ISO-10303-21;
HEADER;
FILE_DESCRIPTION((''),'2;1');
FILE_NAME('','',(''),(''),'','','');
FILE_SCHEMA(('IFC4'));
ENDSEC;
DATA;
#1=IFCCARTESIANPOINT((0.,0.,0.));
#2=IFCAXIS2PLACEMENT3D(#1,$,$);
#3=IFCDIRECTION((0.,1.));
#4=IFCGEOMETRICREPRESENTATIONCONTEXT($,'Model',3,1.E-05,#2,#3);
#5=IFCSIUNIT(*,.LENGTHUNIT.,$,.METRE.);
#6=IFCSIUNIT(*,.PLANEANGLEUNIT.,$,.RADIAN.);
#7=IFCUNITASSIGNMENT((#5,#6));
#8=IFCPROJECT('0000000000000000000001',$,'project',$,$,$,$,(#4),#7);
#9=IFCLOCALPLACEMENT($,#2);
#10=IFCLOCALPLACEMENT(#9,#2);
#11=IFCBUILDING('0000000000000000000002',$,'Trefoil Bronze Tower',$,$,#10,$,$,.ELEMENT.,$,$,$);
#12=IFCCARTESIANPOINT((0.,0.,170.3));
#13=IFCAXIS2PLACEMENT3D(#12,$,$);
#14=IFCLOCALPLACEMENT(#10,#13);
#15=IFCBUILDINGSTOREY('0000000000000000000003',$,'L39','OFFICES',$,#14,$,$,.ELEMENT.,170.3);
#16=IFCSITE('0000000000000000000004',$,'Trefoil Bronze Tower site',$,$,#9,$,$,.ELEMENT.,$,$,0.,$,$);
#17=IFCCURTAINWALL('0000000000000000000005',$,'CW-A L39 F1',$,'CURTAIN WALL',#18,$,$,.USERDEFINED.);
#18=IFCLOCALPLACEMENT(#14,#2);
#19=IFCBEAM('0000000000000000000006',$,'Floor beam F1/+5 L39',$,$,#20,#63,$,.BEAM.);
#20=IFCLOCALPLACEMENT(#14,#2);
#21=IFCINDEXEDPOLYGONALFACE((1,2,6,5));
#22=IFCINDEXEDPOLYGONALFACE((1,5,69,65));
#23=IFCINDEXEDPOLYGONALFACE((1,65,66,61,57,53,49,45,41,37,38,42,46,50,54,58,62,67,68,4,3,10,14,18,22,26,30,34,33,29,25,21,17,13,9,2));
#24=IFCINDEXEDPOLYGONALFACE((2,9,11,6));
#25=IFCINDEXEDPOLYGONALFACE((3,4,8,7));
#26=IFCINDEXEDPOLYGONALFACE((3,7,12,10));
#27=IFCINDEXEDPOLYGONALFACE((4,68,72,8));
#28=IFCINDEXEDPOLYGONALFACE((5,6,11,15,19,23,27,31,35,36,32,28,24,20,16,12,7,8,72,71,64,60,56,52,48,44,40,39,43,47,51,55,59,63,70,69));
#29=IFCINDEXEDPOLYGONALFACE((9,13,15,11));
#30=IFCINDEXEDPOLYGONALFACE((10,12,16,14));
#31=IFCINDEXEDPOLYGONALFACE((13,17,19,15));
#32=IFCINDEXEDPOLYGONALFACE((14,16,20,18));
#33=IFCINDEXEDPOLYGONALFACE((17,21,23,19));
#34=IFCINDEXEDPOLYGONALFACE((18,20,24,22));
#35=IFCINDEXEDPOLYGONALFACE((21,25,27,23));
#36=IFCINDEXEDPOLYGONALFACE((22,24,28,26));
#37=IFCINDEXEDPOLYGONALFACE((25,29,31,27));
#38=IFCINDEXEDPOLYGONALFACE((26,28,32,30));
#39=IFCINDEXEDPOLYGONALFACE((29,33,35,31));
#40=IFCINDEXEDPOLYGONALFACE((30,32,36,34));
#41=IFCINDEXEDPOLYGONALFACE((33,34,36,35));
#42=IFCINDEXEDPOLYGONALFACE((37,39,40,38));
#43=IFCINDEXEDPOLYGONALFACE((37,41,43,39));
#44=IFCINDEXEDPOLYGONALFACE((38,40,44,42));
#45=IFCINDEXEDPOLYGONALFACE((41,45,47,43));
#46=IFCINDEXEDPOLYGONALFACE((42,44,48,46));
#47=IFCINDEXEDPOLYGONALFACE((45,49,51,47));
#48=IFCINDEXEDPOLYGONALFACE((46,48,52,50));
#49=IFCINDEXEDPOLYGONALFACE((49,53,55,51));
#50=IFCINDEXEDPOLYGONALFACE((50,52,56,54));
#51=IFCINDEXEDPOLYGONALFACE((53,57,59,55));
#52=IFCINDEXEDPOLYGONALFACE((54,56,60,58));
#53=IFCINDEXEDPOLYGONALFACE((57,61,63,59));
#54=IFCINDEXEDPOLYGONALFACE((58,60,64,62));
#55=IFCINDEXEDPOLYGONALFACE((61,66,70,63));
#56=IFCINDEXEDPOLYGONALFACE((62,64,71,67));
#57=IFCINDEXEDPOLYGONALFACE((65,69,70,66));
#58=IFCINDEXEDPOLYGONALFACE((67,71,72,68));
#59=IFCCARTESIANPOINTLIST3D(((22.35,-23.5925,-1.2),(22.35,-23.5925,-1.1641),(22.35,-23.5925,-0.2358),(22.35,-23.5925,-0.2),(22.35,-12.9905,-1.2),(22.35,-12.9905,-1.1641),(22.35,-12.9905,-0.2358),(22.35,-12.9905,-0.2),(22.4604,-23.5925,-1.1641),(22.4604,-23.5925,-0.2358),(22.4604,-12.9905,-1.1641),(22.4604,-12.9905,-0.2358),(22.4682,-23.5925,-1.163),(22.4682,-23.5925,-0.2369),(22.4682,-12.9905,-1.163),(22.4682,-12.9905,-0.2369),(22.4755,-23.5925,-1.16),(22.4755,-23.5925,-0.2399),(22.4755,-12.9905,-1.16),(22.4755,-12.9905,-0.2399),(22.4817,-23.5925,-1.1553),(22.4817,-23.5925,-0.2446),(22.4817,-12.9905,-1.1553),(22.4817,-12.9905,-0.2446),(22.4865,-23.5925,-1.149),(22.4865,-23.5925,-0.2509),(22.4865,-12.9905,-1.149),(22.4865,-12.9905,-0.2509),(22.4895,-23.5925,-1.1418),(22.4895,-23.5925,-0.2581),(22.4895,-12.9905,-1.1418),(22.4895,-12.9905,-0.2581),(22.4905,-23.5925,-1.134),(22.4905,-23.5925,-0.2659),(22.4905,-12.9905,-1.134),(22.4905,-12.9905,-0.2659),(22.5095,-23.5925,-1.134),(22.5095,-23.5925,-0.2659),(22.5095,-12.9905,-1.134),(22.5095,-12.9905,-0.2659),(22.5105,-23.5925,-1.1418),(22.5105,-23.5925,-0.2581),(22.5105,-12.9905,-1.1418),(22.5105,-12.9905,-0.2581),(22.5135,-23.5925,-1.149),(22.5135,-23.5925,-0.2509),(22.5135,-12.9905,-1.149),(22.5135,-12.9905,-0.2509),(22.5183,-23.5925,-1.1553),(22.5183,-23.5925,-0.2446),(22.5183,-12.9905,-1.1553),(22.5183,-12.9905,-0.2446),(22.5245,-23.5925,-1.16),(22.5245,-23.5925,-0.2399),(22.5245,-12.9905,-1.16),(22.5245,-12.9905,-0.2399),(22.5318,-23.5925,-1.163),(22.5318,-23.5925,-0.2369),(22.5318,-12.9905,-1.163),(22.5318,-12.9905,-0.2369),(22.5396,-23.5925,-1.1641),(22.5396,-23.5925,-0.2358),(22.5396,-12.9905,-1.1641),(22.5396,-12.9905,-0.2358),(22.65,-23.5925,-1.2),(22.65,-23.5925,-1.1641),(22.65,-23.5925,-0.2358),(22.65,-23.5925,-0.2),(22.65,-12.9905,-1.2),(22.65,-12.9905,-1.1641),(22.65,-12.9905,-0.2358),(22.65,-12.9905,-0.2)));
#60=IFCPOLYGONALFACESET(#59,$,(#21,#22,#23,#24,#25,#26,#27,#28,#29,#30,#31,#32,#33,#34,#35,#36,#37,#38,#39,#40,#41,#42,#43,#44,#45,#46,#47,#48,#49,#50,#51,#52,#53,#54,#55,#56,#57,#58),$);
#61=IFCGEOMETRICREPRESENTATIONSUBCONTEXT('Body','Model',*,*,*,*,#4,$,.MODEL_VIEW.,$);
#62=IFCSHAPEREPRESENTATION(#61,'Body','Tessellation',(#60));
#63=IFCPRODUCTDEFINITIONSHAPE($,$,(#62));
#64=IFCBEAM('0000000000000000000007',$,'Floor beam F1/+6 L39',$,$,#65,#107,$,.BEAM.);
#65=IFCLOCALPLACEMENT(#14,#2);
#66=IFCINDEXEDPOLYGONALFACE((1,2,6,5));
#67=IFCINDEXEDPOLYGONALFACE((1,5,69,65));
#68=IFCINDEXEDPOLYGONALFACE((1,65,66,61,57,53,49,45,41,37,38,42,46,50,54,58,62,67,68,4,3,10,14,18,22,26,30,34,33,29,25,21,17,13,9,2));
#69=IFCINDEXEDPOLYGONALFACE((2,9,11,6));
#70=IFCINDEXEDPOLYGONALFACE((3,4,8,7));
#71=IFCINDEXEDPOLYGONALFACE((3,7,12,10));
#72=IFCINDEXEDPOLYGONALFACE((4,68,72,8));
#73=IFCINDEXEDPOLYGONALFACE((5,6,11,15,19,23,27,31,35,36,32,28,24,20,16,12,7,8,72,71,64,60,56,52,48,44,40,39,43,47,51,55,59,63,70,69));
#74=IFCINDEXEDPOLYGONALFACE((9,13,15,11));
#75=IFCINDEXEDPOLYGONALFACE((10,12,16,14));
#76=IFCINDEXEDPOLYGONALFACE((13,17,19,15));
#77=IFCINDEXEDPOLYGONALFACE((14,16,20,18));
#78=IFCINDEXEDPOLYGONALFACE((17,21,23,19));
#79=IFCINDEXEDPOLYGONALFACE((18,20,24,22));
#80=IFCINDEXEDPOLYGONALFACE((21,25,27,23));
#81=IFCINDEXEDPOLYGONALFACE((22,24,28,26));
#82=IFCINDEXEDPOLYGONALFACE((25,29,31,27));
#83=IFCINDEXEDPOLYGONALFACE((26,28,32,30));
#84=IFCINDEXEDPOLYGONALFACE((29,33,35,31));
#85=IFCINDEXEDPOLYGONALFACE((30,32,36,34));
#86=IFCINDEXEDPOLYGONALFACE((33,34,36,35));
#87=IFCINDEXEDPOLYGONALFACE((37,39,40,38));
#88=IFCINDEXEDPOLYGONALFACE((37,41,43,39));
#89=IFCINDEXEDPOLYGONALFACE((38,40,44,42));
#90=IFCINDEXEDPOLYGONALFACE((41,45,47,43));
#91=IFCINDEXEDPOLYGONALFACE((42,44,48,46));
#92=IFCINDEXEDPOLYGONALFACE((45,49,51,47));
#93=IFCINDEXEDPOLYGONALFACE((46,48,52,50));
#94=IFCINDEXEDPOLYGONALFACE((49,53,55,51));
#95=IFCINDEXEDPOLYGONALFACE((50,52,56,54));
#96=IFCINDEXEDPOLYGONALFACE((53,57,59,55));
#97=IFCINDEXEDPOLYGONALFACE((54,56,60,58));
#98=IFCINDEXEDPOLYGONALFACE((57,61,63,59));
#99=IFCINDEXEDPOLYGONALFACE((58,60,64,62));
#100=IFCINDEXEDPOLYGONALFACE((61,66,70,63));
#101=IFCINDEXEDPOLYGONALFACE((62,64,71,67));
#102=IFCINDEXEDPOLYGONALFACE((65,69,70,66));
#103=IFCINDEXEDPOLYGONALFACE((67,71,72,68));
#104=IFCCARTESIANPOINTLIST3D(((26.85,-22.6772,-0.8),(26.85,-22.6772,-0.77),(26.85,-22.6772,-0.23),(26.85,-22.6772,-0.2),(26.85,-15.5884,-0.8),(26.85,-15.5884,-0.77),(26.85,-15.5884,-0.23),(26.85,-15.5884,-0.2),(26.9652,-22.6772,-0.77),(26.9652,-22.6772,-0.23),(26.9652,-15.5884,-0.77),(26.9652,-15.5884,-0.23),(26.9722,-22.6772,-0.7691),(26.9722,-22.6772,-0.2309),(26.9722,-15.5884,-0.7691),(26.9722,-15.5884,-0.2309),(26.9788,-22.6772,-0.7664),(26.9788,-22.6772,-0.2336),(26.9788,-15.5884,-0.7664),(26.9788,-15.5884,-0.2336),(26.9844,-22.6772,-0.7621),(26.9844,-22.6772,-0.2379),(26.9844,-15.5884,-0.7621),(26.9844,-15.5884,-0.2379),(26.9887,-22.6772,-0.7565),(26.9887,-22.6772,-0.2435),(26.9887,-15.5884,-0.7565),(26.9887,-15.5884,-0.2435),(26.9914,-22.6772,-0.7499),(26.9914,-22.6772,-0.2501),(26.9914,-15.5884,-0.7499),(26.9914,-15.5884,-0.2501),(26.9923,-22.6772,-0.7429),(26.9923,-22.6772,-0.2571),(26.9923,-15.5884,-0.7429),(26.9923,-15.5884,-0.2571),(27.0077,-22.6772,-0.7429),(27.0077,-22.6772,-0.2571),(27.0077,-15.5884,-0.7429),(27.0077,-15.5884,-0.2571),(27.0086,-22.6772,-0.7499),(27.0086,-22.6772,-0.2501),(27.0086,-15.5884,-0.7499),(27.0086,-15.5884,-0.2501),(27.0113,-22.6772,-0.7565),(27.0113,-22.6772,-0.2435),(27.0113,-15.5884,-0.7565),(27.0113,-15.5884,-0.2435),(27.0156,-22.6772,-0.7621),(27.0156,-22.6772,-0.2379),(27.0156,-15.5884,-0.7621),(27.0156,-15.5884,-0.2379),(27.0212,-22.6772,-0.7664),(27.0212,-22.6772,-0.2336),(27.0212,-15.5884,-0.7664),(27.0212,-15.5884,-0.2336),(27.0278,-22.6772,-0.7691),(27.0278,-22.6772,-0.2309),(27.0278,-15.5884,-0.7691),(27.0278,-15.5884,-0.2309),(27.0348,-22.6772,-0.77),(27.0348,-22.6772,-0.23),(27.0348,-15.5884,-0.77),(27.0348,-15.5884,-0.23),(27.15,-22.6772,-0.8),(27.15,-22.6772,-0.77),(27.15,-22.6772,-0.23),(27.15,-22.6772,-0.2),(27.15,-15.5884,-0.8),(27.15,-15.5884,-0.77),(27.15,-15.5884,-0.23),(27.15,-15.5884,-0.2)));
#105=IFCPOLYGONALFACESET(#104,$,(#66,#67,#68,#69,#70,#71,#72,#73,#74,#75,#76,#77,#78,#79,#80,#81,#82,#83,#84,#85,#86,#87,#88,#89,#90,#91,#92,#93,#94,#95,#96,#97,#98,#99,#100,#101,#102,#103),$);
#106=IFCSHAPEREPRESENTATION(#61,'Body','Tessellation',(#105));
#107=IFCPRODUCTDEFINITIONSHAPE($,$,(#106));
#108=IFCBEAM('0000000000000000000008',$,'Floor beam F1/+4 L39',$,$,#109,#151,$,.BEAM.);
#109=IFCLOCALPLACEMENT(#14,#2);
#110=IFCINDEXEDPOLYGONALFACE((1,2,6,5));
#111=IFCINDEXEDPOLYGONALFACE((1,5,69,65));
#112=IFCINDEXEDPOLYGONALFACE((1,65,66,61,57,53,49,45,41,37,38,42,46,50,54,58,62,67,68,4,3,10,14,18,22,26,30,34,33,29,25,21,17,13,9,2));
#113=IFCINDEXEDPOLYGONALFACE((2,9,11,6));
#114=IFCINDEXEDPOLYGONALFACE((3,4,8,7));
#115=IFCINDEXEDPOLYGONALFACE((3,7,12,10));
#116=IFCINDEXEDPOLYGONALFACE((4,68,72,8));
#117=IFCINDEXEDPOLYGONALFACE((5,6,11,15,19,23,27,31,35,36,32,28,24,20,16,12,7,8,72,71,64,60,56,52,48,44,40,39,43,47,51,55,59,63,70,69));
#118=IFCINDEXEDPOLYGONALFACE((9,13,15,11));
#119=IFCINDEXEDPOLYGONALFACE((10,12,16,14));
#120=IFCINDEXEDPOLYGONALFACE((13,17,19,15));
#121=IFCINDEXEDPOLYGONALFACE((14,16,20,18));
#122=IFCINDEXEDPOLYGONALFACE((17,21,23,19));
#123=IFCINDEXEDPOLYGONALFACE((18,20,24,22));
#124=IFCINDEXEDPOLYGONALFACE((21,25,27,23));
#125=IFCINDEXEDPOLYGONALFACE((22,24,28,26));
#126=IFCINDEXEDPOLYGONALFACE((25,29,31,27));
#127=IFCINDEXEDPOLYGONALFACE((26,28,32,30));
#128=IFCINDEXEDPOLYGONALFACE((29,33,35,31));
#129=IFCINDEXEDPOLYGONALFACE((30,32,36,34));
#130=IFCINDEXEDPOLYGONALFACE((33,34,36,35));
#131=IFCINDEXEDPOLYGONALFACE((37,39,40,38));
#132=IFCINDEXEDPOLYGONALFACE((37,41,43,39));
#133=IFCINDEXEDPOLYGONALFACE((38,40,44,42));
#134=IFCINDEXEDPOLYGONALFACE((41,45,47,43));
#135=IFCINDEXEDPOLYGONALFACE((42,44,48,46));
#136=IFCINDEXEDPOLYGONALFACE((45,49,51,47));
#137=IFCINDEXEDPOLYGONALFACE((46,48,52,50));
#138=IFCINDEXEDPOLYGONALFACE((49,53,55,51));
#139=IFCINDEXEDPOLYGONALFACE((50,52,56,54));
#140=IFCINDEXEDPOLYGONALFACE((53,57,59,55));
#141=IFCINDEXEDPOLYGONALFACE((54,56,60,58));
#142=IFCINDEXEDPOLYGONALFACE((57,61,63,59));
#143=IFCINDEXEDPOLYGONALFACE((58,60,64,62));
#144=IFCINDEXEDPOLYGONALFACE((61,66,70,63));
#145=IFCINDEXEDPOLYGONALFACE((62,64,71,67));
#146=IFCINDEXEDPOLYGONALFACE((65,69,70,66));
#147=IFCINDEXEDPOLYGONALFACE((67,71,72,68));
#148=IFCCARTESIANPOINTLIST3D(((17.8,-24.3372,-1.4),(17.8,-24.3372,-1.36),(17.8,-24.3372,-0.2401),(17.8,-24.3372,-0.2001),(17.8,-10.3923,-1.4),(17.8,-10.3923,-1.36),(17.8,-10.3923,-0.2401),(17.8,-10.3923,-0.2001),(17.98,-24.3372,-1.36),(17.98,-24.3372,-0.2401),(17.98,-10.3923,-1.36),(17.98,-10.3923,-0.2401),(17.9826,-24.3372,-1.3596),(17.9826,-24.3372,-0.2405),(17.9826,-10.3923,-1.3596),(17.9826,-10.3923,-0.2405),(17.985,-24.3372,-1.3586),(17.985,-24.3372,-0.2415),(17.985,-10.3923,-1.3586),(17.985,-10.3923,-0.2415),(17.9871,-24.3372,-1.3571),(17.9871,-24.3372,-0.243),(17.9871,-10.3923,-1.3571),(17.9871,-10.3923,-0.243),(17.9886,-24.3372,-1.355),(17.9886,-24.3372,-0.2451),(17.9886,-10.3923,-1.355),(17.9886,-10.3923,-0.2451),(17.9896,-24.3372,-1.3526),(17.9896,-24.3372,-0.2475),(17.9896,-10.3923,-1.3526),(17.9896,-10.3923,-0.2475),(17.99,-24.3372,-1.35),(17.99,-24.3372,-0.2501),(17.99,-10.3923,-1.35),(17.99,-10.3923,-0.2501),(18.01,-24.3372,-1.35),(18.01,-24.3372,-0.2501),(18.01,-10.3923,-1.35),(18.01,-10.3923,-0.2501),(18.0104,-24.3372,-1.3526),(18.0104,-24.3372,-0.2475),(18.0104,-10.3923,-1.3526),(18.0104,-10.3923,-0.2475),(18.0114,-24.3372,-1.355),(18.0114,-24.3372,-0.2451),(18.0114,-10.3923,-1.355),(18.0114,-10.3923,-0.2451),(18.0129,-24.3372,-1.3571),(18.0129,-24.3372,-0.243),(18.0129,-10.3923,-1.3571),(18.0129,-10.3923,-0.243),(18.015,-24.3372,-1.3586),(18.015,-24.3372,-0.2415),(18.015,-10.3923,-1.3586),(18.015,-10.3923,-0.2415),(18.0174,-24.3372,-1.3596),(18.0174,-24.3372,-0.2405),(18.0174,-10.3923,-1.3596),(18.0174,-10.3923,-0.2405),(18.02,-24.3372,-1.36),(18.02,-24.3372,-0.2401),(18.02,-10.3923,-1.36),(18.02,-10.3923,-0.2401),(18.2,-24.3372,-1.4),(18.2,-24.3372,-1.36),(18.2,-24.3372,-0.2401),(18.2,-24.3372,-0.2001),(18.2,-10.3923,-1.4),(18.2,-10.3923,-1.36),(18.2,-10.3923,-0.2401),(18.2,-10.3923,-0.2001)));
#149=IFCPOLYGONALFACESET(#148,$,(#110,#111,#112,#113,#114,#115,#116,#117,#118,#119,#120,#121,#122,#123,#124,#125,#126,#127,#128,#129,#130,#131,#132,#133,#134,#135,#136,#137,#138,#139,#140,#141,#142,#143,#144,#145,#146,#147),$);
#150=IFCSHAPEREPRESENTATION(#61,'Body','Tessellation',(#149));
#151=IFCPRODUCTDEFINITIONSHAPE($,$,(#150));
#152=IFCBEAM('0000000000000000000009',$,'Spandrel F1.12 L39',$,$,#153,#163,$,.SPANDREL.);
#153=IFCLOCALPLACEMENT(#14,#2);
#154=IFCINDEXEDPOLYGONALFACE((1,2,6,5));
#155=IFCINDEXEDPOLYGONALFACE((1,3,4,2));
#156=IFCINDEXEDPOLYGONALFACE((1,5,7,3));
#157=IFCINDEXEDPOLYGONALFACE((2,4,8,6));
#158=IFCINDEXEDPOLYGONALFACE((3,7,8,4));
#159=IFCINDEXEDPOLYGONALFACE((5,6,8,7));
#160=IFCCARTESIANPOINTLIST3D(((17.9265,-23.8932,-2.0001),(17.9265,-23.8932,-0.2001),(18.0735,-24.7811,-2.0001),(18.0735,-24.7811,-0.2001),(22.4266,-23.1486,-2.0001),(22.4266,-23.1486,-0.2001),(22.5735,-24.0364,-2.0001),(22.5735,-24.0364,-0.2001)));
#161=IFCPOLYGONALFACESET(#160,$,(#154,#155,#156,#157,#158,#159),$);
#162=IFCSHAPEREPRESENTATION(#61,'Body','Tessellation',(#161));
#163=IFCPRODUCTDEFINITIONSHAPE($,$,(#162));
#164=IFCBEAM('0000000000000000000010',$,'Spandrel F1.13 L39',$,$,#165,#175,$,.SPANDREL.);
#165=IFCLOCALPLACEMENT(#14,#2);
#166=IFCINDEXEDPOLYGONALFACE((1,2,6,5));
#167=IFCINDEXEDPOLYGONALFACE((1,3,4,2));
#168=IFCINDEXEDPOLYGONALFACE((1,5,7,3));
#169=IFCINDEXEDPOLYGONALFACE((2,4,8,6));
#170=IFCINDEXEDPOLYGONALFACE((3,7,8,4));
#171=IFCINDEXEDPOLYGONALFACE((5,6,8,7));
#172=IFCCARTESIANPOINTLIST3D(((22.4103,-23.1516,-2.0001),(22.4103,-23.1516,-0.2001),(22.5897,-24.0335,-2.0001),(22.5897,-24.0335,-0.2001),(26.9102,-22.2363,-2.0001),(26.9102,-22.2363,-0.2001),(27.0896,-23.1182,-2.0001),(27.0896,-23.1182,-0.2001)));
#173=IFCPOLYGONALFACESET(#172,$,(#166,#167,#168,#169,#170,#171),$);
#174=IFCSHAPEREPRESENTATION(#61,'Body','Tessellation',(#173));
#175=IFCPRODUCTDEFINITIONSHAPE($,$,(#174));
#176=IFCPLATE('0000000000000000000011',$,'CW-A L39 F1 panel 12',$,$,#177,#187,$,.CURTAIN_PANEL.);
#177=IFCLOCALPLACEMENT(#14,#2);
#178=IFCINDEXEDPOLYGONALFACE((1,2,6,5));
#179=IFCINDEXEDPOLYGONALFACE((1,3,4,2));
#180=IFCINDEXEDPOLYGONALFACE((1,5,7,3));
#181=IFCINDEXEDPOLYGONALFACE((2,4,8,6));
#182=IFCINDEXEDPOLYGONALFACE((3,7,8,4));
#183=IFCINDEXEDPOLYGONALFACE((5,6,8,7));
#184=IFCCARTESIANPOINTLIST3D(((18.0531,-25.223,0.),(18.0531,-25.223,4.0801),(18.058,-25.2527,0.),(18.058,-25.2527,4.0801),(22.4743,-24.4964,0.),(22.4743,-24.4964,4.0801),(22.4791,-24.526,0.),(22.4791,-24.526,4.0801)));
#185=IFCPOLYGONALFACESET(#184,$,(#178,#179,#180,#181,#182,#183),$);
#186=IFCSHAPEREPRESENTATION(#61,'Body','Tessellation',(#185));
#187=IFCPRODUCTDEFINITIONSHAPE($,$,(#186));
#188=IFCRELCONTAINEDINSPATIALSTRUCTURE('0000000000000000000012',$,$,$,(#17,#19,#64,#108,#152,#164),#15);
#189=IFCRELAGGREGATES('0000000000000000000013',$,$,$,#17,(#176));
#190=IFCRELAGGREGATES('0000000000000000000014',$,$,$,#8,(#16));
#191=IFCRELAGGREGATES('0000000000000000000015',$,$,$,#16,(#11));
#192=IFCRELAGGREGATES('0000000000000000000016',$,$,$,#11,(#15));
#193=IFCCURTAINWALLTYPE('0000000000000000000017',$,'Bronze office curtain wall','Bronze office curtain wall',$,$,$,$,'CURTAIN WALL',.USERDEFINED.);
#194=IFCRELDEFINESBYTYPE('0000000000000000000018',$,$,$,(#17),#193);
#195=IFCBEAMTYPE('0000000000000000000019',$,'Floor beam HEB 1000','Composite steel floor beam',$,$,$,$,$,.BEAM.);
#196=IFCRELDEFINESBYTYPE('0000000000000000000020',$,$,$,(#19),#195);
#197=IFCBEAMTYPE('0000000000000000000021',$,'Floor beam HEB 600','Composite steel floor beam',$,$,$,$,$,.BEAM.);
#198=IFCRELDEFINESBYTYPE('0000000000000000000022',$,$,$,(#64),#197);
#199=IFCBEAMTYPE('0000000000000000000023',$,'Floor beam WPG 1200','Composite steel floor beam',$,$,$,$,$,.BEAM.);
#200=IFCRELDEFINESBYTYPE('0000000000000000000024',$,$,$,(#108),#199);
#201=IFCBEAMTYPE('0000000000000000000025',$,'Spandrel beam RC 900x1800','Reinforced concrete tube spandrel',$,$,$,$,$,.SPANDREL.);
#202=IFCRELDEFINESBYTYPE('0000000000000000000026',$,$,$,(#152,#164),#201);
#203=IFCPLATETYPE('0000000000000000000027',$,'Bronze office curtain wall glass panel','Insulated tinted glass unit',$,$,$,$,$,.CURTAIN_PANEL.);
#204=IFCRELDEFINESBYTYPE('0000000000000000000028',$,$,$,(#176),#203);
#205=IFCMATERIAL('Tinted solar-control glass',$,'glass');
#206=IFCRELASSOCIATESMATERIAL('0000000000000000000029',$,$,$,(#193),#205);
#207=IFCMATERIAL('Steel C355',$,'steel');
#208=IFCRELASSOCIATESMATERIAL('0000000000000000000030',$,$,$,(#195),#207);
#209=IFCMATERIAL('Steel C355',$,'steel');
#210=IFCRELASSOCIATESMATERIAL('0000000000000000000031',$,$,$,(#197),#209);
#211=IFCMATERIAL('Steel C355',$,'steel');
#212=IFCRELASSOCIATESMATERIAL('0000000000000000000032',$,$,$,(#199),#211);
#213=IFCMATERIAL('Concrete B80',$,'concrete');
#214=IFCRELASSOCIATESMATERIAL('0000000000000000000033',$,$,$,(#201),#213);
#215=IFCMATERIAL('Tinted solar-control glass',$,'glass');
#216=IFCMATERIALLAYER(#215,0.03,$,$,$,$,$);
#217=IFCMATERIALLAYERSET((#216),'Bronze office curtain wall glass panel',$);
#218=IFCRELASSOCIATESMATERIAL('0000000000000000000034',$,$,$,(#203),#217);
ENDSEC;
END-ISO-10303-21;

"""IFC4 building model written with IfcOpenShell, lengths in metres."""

from ifc_helpers import new_model, si_unit, direction, frame, origin, origin_2d, place, context, subcontext, project, spatial, rectangle, i_section, extrude, material, layer, layer_set, material_profile, profile_set, type_object, element, aggregate, save


model = new_model("IFC4")

# Units and contexts
model_context = context("Model", 3, precision=1e-05, world=origin(), true_north=direction((0.0, 1.0)))
body_context = subcontext(model_context, "Body", "Model", "MODEL_VIEW")
ifc_project = project(units=[si_unit("LENGTHUNIT", "METRE"), si_unit("PLANEANGLEUNIT", "RADIAN")], contexts=[model_context])

# Site, building, storey
site_placement = place(None, origin())
site = spatial("IfcSite", under=ifc_project, at=site_placement, Name="Trefoil Bronze Tower site", CompositionType="ELEMENT", RefElevation=0.0)
building_placement = place(site_placement, origin())
building = spatial("IfcBuilding", under=site, at=building_placement, Name="Trefoil Bronze Tower", CompositionType="ELEMENT")
storey_placement = place(building_placement, frame((0.0, 0.0, 170.3)))
storey = spatial("IfcBuildingStorey", under=building, at=storey_placement, Name="L39", Description="OFFICES", CompositionType="ELEMENT", Elevation=170.3)

# Curtain wall
ifc_material_1 = material(Name="Tinted solar-control glass", Category="glass")
curtain_wall_type_1 = type_object("IfcCurtainWallType", Name="Bronze office curtain wall", Description="Bronze office curtain wall", ElementType="CURTAIN WALL", PredefinedType="USERDEFINED", material=ifc_material_1)
curtain_wall_1_placement = place(storey_placement, origin())
curtain_wall_1 = element("IfcCurtainWall", 1, at=curtain_wall_1_placement, inside=storey, type_object=curtain_wall_type_1, Name="CW-A L39 F1", ObjectType="CURTAIN WALL", PredefinedType="USERDEFINED")

# Beams
ifc_material_2 = material(Name="Steel C355", Category="steel")
ifc_material_profile_1 = material_profile(ifc_material_2, i_section(OverallWidth=0.3, OverallDepth=1.0, WebThickness=0.019, FlangeThickness=0.0359, FilletRadius=0.03, at=origin_2d()), Name="HEB 1000")
ifc_profile_set_1 = profile_set([ifc_material_profile_1], Name="Steel C355")
beam_type_1 = type_object("IfcBeamType", Name="Floor beam HEB 1000", Description="Composite steel floor beam", PredefinedType="BEAM", material=ifc_profile_set_1)
beam_1_placement = place(storey_placement, frame((22.5, -23.5925, -0.7), z_axis=(0.0, 1.0, 0.0), x_axis=(-1.0, 0.0, 0.0)))
element("IfcBeam", 2, at=beam_1_placement, inside=storey, type_object=beam_type_1, Name="Floor beam F1/+5 L39", PredefinedType="BEAM", context=body_context, shape_type="SweptSolid", body=[
    extrude(i_section(OverallWidth=0.3, OverallDepth=1.0, WebThickness=0.019, FlangeThickness=0.0359, FilletRadius=0.03, at=origin_2d()), origin(), (0.0, 0.0, 1.0), 10.6021),
])
ifc_material_3 = material(Name="Steel C355", Category="steel")
ifc_material_profile_2 = material_profile(ifc_material_3, i_section(OverallWidth=0.3, OverallDepth=0.6001, WebThickness=0.0154, FlangeThickness=0.03, FilletRadius=0.0271, at=origin_2d()), Name="HEB 600")
ifc_profile_set_2 = profile_set([ifc_material_profile_2], Name="Steel C355")
beam_type_2 = type_object("IfcBeamType", Name="Floor beam HEB 600", Description="Composite steel floor beam", PredefinedType="BEAM", material=ifc_profile_set_2)
beam_2_placement = place(storey_placement, frame((27.0, -22.6772, -0.5), z_axis=(0.0, 1.0, 0.0), x_axis=(-1.0, 0.0, 0.0)))
element("IfcBeam", 3, at=beam_2_placement, inside=storey, type_object=beam_type_2, Name="Floor beam F1/+6 L39", PredefinedType="BEAM", context=body_context, shape_type="SweptSolid", body=[
    extrude(i_section(OverallWidth=0.3, OverallDepth=0.6001, WebThickness=0.0154, FlangeThickness=0.03, FilletRadius=0.0271, at=origin_2d()), origin(), (0.0, 0.0, 1.0), 7.0889),
])
ifc_material_4 = material(Name="Steel C355", Category="steel")
ifc_material_profile_3 = material_profile(ifc_material_4, i_section(OverallWidth=0.3999, OverallDepth=1.2, WebThickness=0.02, FlangeThickness=0.04, FilletRadius=0.01, at=origin_2d()), Name="WPG 1200")
ifc_profile_set_3 = profile_set([ifc_material_profile_3], Name="Steel C355")
beam_type_3 = type_object("IfcBeamType", Name="Floor beam WPG 1200", Description="Composite steel floor beam", PredefinedType="BEAM", material=ifc_profile_set_3)
beam_3_placement = place(storey_placement, frame((18.0, -24.3372, -0.8), z_axis=(0.0, 1.0, 0.0), x_axis=(-1.0, 0.0, 0.0)))
element("IfcBeam", 4, at=beam_3_placement, inside=storey, type_object=beam_type_3, Name="Floor beam F1/+4 L39", PredefinedType="BEAM", context=body_context, shape_type="SweptSolid", body=[
    extrude(i_section(OverallWidth=0.3999, OverallDepth=1.2, WebThickness=0.02, FlangeThickness=0.04, FilletRadius=0.01, at=origin_2d()), origin(), (0.0, 0.0, 1.0), 13.9448),
])
ifc_material_5 = material(Name="Concrete B80", Category="concrete")
ifc_material_profile_4 = material_profile(ifc_material_5, rectangle(XDim=0.8999, YDim=1.8, at=origin_2d()), Name="RC 900x1800")
ifc_profile_set_4 = profile_set([ifc_material_profile_4], Name="Concrete B80")
beam_type_4 = type_object("IfcBeamType", Name="Spandrel beam RC 900x1800", Description="Reinforced concrete tube spandrel", PredefinedType="SPANDREL", material=ifc_profile_set_4)
beam_4_placement = place(storey_placement, frame((18.0, -24.3372, -1.1001), z_axis=(0.986584, 0.163253, 0.0), x_axis=(-0.163253, 0.986584, 0.0)))
element("IfcBeam", 5, at=beam_4_placement, inside=storey, type_object=beam_type_4, Name="Spandrel F1.12 L39", PredefinedType="SPANDREL", context=body_context, shape_type="SweptSolid", body=[
    extrude(rectangle(XDim=0.8999, YDim=1.8, at=origin_2d()), origin(), (0.0, 0.0, 1.0), 4.5613),
])
beam_5_placement = place(storey_placement, frame((22.5, -23.5925, -1.1001), z_axis=(0.979935, 0.199315, 0.0), x_axis=(-0.199315, 0.979935, 0.0)))
element("IfcBeam", 6, at=beam_5_placement, inside=storey, type_object=beam_type_4, Name="Spandrel F1.13 L39", PredefinedType="SPANDREL", context=body_context, shape_type="SweptSolid", body=[
    extrude(rectangle(XDim=0.8999, YDim=1.8, at=origin_2d()), origin(), (0.0, 0.0, 1.0), 4.592),
])

# Plate
ifc_material_6 = material(Name="Tinted solar-control glass", Category="glass")
ifc_layer_1 = layer(ifc_material_6, 0.03)
ifc_layer_set_1 = layer_set([ifc_layer_1], Name="Bronze office curtain wall glass panel")
plate_type_1 = type_object("IfcPlateType", Name="Bronze office curtain wall glass panel", Description="Insulated tinted glass unit", PredefinedType="CURTAIN_PANEL", material=ifc_layer_set_1)
plate_1_placement = place(storey_placement, frame((20.2661, -24.8745, 0.0), z_axis=(0.0, 0.0, 1.0), x_axis=(0.98676, 0.162189, 0.0)))
plate_1 = element("IfcPlate", 7, at=plate_1_placement, type_object=plate_type_1, Name="CW-A L39 F1 panel 12", PredefinedType="CURTAIN_PANEL", context=body_context, shape_type="SweptSolid", body=[
    extrude(rectangle(XDim=4.4805, YDim=0.03, at=origin_2d()), origin(), (0.0, 0.0, 1.0), 4.0801),
])
aggregate(curtain_wall_1, [plate_1])

save(model, "model.ifc")
